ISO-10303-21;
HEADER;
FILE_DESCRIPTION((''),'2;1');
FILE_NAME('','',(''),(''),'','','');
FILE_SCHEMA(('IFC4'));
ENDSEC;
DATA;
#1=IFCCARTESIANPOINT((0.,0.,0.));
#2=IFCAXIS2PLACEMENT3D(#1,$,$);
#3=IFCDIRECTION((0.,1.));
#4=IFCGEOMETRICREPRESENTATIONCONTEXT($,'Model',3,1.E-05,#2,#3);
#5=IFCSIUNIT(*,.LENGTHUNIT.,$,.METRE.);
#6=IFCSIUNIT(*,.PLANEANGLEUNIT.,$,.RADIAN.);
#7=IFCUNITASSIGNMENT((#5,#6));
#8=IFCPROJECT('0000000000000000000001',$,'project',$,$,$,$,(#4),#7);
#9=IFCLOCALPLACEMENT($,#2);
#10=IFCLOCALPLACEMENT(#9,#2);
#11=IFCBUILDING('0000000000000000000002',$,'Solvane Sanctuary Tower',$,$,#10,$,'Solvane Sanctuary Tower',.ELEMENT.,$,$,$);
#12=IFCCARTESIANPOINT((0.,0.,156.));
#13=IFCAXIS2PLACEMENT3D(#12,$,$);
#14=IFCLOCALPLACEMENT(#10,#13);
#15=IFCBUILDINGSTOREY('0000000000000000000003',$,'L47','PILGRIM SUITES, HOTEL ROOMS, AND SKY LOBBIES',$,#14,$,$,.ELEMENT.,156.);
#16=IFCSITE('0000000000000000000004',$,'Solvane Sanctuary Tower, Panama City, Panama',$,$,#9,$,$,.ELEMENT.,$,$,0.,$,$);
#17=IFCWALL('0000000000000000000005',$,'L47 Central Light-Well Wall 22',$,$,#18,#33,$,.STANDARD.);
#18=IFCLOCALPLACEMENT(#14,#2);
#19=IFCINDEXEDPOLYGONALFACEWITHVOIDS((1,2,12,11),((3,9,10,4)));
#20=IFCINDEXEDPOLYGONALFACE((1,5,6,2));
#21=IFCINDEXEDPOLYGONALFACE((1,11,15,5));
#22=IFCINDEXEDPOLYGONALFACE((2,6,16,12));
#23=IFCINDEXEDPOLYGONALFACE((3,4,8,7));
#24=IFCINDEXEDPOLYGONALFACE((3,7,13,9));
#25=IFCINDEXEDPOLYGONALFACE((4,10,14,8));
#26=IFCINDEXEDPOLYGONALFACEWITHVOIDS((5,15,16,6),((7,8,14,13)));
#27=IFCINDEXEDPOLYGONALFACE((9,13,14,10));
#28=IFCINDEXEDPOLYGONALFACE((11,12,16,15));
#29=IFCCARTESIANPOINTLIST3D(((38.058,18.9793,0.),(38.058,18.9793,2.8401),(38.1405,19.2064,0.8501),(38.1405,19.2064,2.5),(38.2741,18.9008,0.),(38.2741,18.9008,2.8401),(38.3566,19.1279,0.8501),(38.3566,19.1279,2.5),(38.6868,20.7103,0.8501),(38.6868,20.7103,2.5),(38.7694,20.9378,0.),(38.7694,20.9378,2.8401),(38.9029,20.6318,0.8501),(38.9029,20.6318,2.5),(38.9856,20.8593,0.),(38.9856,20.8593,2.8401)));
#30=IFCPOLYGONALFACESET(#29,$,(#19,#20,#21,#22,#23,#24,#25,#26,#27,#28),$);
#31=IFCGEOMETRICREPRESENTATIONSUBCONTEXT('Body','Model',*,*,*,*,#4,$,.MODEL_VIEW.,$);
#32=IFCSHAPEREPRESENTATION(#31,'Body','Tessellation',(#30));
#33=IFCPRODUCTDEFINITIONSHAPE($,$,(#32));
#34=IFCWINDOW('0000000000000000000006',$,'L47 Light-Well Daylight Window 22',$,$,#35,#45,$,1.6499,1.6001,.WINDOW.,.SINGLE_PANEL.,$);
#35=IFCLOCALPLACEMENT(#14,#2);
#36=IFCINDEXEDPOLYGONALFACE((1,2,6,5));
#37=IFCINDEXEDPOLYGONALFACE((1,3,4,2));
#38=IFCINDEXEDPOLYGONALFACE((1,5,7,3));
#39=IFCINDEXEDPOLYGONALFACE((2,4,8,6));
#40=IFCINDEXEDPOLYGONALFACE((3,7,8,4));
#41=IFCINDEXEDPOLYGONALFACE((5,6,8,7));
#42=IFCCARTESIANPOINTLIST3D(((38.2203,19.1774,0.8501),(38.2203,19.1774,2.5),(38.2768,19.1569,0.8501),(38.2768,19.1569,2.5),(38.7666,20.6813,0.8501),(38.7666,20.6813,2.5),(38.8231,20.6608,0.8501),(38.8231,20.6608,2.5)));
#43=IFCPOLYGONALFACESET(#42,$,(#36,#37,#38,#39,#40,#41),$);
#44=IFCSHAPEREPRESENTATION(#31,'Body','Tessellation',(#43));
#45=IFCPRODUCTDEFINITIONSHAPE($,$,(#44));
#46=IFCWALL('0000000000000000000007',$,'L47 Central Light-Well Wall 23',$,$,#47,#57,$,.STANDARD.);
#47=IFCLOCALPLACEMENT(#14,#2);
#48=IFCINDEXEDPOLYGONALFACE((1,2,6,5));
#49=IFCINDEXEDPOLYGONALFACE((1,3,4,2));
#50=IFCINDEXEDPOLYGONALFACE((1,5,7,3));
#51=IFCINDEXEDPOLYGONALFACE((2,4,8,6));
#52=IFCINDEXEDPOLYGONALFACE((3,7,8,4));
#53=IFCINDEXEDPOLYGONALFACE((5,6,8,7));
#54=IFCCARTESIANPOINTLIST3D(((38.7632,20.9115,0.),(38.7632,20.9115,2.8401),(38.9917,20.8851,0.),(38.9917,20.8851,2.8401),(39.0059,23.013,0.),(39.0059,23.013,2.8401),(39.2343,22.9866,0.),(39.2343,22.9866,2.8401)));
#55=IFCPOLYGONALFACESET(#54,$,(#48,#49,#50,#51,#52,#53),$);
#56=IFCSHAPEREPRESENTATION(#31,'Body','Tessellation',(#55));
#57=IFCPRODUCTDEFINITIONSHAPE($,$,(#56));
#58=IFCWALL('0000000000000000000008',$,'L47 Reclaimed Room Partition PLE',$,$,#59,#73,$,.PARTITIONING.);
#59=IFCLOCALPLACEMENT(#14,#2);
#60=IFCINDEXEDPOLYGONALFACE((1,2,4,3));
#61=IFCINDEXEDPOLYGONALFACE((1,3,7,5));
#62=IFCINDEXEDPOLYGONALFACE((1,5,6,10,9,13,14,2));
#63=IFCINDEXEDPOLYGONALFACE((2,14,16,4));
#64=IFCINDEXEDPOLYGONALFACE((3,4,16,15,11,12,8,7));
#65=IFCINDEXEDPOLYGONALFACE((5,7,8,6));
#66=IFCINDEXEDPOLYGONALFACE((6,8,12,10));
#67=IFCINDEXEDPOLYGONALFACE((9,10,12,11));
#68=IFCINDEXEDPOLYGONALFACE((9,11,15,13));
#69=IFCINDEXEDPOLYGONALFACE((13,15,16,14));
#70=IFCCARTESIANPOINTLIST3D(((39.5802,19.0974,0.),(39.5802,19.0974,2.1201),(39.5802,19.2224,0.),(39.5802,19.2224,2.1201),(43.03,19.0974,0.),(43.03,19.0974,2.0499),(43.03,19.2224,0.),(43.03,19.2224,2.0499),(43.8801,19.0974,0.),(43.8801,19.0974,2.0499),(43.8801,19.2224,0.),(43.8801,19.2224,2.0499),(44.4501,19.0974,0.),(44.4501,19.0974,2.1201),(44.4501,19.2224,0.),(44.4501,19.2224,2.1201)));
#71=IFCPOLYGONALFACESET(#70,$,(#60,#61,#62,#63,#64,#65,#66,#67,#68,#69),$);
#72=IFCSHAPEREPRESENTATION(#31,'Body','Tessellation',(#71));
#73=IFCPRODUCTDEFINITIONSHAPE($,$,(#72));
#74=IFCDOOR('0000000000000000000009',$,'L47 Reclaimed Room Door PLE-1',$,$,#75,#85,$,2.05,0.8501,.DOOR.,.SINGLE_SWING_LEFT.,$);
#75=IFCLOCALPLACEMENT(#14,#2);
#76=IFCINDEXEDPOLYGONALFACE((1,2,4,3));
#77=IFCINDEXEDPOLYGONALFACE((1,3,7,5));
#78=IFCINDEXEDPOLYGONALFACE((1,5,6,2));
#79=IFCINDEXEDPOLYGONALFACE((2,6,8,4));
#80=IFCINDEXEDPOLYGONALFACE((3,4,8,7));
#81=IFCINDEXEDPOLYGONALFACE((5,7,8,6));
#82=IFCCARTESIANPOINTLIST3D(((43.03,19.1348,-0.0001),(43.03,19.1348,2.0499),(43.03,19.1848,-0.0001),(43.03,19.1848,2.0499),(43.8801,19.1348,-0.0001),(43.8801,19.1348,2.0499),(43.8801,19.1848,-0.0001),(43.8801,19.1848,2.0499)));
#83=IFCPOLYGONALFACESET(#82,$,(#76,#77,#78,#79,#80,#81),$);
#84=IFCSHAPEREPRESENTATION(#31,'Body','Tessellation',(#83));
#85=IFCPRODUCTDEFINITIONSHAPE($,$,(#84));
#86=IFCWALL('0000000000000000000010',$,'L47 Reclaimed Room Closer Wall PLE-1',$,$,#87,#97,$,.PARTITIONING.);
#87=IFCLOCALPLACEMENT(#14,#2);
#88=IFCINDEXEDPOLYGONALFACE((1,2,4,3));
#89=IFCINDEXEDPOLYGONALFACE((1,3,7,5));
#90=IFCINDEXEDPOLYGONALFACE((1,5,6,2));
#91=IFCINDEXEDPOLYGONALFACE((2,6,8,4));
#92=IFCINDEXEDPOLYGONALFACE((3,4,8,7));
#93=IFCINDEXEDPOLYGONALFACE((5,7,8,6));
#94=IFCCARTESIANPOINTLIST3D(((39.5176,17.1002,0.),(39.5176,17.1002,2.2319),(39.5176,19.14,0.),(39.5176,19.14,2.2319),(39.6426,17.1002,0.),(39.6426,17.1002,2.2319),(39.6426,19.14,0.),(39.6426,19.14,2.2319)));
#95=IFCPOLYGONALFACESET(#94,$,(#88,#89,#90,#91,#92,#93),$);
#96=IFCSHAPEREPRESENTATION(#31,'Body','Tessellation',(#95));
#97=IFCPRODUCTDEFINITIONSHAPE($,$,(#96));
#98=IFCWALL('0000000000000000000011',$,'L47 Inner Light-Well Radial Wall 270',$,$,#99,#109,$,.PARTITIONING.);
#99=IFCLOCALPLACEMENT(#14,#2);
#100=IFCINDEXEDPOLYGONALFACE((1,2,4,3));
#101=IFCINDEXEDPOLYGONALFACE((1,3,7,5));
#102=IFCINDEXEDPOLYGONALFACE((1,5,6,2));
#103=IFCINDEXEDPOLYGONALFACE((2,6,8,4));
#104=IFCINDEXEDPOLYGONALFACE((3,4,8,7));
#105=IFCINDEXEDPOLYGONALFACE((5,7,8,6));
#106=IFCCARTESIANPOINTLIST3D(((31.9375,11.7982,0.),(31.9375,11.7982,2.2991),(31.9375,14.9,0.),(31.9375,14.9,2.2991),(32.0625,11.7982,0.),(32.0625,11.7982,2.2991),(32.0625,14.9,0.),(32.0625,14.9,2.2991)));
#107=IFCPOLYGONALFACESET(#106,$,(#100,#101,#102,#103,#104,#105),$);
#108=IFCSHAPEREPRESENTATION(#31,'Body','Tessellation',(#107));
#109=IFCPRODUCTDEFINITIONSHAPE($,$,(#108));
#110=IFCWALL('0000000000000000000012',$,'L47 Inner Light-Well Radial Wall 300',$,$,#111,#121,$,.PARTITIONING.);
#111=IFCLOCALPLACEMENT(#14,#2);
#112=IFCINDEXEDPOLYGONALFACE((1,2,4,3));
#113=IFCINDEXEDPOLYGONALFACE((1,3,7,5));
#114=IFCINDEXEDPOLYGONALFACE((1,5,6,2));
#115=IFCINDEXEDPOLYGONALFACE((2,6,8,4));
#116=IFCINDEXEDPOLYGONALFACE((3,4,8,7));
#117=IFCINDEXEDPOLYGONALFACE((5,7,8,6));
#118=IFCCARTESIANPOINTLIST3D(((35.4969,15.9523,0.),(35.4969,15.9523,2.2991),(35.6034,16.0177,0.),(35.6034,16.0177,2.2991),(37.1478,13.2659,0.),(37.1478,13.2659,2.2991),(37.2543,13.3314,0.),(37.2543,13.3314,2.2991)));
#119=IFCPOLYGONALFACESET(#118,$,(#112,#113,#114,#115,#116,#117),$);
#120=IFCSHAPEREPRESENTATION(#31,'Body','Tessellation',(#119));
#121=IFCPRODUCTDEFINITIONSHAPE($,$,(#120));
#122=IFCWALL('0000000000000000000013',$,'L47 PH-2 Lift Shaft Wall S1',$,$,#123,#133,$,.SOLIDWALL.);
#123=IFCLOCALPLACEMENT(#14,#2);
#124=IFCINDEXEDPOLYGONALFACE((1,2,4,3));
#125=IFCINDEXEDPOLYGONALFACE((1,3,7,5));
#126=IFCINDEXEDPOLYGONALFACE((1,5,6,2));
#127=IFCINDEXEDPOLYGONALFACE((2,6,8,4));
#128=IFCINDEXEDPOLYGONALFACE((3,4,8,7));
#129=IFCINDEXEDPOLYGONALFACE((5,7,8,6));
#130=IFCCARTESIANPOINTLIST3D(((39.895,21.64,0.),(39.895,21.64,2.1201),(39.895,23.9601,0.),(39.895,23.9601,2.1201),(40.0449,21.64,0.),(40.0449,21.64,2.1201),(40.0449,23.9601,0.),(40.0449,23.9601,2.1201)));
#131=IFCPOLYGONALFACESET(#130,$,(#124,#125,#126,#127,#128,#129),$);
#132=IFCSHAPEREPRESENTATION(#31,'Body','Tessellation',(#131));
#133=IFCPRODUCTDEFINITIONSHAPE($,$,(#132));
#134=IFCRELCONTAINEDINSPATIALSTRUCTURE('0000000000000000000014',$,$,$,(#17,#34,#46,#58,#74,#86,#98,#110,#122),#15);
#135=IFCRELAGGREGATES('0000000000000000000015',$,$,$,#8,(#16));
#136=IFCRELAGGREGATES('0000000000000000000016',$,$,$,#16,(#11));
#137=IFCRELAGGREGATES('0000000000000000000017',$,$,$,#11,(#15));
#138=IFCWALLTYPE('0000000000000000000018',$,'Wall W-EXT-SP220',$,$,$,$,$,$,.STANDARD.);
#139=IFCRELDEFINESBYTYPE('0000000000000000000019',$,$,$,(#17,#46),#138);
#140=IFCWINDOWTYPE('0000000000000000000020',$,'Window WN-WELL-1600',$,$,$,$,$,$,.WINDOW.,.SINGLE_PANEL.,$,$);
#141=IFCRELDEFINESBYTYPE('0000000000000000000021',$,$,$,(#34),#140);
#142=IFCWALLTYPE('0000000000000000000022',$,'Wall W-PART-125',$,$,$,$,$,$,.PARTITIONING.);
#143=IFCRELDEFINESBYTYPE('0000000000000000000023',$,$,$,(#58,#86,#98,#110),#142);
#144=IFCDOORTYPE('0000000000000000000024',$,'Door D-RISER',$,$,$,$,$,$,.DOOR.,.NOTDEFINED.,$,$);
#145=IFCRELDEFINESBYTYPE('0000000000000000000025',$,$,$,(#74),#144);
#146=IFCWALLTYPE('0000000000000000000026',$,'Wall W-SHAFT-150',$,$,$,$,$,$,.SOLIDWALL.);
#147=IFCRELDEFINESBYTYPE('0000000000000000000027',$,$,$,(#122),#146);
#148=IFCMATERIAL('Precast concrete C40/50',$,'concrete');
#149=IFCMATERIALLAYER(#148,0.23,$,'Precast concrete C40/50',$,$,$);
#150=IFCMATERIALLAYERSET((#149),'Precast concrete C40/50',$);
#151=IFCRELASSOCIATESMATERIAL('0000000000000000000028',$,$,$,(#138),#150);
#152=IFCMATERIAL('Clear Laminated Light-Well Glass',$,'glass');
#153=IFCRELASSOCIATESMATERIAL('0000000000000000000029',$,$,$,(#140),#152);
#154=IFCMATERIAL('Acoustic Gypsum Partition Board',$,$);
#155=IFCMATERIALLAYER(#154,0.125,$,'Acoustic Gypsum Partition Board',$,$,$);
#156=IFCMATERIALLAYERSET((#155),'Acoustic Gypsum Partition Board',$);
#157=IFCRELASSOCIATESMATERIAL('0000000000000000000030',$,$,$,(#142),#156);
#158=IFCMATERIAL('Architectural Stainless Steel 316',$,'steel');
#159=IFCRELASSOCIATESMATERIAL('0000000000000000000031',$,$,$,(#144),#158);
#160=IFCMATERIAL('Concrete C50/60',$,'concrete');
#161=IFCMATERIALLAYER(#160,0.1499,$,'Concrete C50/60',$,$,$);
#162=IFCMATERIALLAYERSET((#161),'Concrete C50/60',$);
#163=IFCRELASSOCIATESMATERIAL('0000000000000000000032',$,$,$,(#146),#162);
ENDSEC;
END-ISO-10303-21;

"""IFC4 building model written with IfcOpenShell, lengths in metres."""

from ifc_helpers import new_model, si_unit, direction, frame, frame_2d, origin, place, context, subcontext, project, spatial, rectangle, extrude, material, layer, layer_set, type_object, element, fill, save


model = new_model("IFC4")

# Units and contexts
model_context = context("Model", 3, precision=1e-05, world=origin(), true_north=direction((0.0, 1.0)))
body_context = subcontext(model_context, "Body", "Model", "MODEL_VIEW")
ifc_project = project(units=[si_unit("LENGTHUNIT", "METRE"), si_unit("PLANEANGLEUNIT", "RADIAN")], contexts=[model_context])

# Site, building, storey
site_placement = place(None, origin())
site = spatial("IfcSite", under=ifc_project, at=site_placement, Name="Solvane Sanctuary Tower, Panama City, Panama", CompositionType="ELEMENT", RefElevation=0.0)
building_placement = place(site_placement, origin())
building = spatial("IfcBuilding", under=site, at=building_placement, Name="Solvane Sanctuary Tower", LongName="Solvane Sanctuary Tower", CompositionType="ELEMENT")
storey_placement = place(building_placement, frame((0.0, 0.0, 156.0)))
storey = spatial("IfcBuildingStorey", under=building, at=storey_placement, Name="L47", Description="PILGRIM SUITES, HOTEL ROOMS, AND SKY LOBBIES", CompositionType="ELEMENT", Elevation=156.0)

# Shared definitions
ifc_material_1 = material(Name="Concrete C50/60", Category="concrete")

# Shared definitions
ifc_material_2 = material(Name="Precast concrete C40/50", Category="concrete")
ifc_layer_1 = layer(ifc_material_2, 0.23, Name="Precast concrete C40/50")
ifc_layer_set_1 = layer_set([ifc_layer_1], Name="Precast concrete C40/50")
wall_type_1 = type_object("IfcWallType", Name="Wall W-EXT-SP220", PredefinedType="STANDARD", material=ifc_layer_set_1)

# Wall, opening, window
wall_1_placement = place(storey_placement, frame((38.166, 18.9399, 0.0), z_axis=(0.0, 0.0, 1.0), x_axis=(0.341423, 0.93991, 0.0)))
wall_1 = element("IfcWall", 1, at=wall_1_placement, inside=storey, type_object=wall_type_1, Name="L47 Central Light-Well Wall 22", PredefinedType="STANDARD", context=body_context, shape_type="SweptSolid", body=[
    extrude(rectangle(XDim=2.0837, YDim=0.23, at=frame_2d((1.042, 0.0))), origin(), (0.0, 0.0, 1.0), 2.8401),
])
opening_1_placement = place(wall_1_placement, frame((0.2417, 0.0, 0.8501)))
opening_1 = element("IfcOpeningElement", 2, at=opening_1_placement, cuts=wall_1, PredefinedType="OPENING", context=body_context, shape_type="SweptSolid", body=[
    extrude(rectangle(XDim=1.6001, YDim=1.6499, at=frame_2d((0.8, 0.825))), frame((0.0, 0.125, 0.0), z_axis=(0.0, -1.0, 0.0), x_axis=(1.0, 0.0, 0.0)), (0.0, 0.0, 1.0), 0.25),
])
ifc_material_3 = material(Name="Clear Laminated Light-Well Glass", Category="glass")
window_type = type_object("IfcWindowType", Name="Window WN-WELL-1600", PartitioningType="SINGLE_PANEL", PredefinedType="WINDOW", material=ifc_material_3)
window_placement = place(opening_1_placement, origin())
window = element("IfcWindow", 3, at=window_placement, inside=storey, type_object=window_type, Name="L47 Light-Well Daylight Window 22", OverallHeight=1.6499, OverallWidth=1.6001, PartitioningType="SINGLE_PANEL", PredefinedType="WINDOW", context=body_context, shape_type="SweptSolid", body=[
    extrude(rectangle(XDim=1.6001, YDim=1.6499, at=frame_2d((0.8, 0.825))), frame((0.0, 0.03, 0.0), z_axis=(0.0, -1.0, 0.0), x_axis=(1.0, 0.0, 0.0)), (0.0, 0.0, 1.0), 0.0601),
])
fill(opening_1, window)

# Wall
wall_2_placement = place(storey_placement, frame((38.8774, 20.8984, 0.0), z_axis=(0.0, 0.0, 1.0), x_axis=(0.114712, 0.993399, 0.0)))
element("IfcWall", 4, at=wall_2_placement, inside=storey, type_object=wall_type_1, Name="L47 Central Light-Well Wall 23", PredefinedType="STANDARD", context=body_context, shape_type="SweptSolid", body=[
    extrude(rectangle(XDim=2.1155, YDim=0.23, at=frame_2d((1.0576, 0.0))), origin(), (0.0, 0.0, 1.0), 2.8401),
])

# Wall, opening, door
ifc_material_4 = material(Name="Acoustic Gypsum Partition Board")
ifc_layer_2 = layer(ifc_material_4, 0.125, Name="Acoustic Gypsum Partition Board")
ifc_layer_set_2 = layer_set([ifc_layer_2], Name="Acoustic Gypsum Partition Board")
wall_type_2 = type_object("IfcWallType", Name="Wall W-PART-125", PredefinedType="PARTITIONING", material=ifc_layer_set_2)
wall_3_placement = place(storey_placement, frame((39.5801, 19.1599, 0.0), z_axis=(0.0, 0.0, 1.0), x_axis=(1.0, 0.0, 0.0)))
wall_3 = element("IfcWall", 5, at=wall_3_placement, inside=storey, type_object=wall_type_2, Name="L47 Reclaimed Room Partition PLE", PredefinedType="PARTITIONING", context=body_context, shape_type="SweptSolid", body=[
    extrude(rectangle(XDim=4.8699, YDim=0.125, at=frame_2d((2.4351, 0.0))), origin(), (0.0, 0.0, 1.0), 2.1201),
])
opening_2_placement = place(wall_3_placement, frame((3.45, 0.0, 0.0)))
opening_2 = element("IfcOpeningElement", 6, at=opening_2_placement, cuts=wall_3, PredefinedType="OPENING", context=body_context, shape_type="SweptSolid", body=[
    extrude(rectangle(XDim=0.8501, YDim=2.05, at=frame_2d((0.425, 1.0249))), frame((0.0, 0.0725, 0.0), z_axis=(0.0, -1.0, 0.0), x_axis=(1.0, 0.0, 0.0)), (0.0, 0.0, 1.0), 0.145),
])
ifc_material_5 = material(Name="Architectural Stainless Steel 316", Category="steel")
door_type = type_object("IfcDoorType", Name="Door D-RISER", OperationType="NOTDEFINED", PredefinedType="DOOR", material=ifc_material_5)
door_placement = place(opening_2_placement, origin())
door = element("IfcDoor", 7, at=door_placement, inside=storey, type_object=door_type, Name="L47 Reclaimed Room Door PLE-1", OperationType="SINGLE_SWING_LEFT", OverallHeight=2.05, OverallWidth=0.8501, PredefinedType="DOOR", context=body_context, shape_type="SweptSolid", body=[
    extrude(rectangle(XDim=0.8501, YDim=2.05, at=frame_2d((0.425, 1.0249))), frame((0.0, 0.0249, 0.0), z_axis=(0.0, -1.0, 0.0), x_axis=(1.0, 0.0, 0.0)), (0.0, 0.0, 1.0), 0.05),
])
fill(opening_2, door)

# Walls
wall_4_placement = place(storey_placement, frame((39.5801, 17.1001, 0.0), z_axis=(0.0, 0.0, 1.0), x_axis=(0.0, 1.0, 0.0)))
element("IfcWall", 8, at=wall_4_placement, inside=storey, type_object=wall_type_2, Name="L47 Reclaimed Room Closer Wall PLE-1", PredefinedType="PARTITIONING", context=body_context, shape_type="SweptSolid", body=[
    extrude(rectangle(XDim=2.0398, YDim=0.125, at=frame_2d((1.02, 0.0))), origin(), (0.0, 0.0, 1.0), 2.2319),
])
wall_5_placement = place(storey_placement, frame((32.0, 14.8999, 0.0), z_axis=(0.0, 0.0, 1.0), x_axis=(0.0, -1.0, 0.0)))
element("IfcWall", 9, at=wall_5_placement, inside=storey, type_object=wall_type_2, Name="L47 Inner Light-Well Radial Wall 270", PredefinedType="PARTITIONING", context=body_context, shape_type="SweptSolid", body=[
    extrude(rectangle(XDim=3.1018, YDim=0.125, at=frame_2d((1.5508, 0.0))), origin(), (0.0, 0.0, 1.0), 2.2991),
])
wall_6_placement = place(storey_placement, frame((35.55, 15.9851, 0.0), z_axis=(0.0, 0.0, 1.0), x_axis=(0.523588, -0.851972, 0.0)))
element("IfcWall", 10, at=wall_6_placement, inside=storey, type_object=wall_type_2, Name="L47 Inner Light-Well Radial Wall 300", PredefinedType="PARTITIONING", context=body_context, shape_type="SweptSolid", body=[
    extrude(rectangle(XDim=3.1531, YDim=0.125, at=frame_2d((1.5767, 0.0))), origin(), (0.0, 0.0, 1.0), 2.2991),
])
ifc_layer_3 = layer(ifc_material_1, 0.1499, Name="Concrete C50/60")
ifc_layer_set_3 = layer_set([ifc_layer_3], Name="Concrete C50/60")
wall_type_3 = type_object("IfcWallType", Name="Wall W-SHAFT-150", PredefinedType="SOLIDWALL", material=ifc_layer_set_3)
wall_7_placement = place(storey_placement, frame((39.97, 21.6399, 0.0), z_axis=(0.0, 0.0, 1.0), x_axis=(0.0, 1.0, 0.0)))
element("IfcWall", 11, at=wall_7_placement, inside=storey, type_object=wall_type_3, Name="L47 PH-2 Lift Shaft Wall S1", PredefinedType="SOLIDWALL", context=body_context, shape_type="SweptSolid", body=[
    extrude(rectangle(XDim=2.3201, YDim=0.1499, at=frame_2d((1.1602, 0.0))), origin(), (0.0, 0.0, 1.0), 2.1201),
])

save(model, "model.ifc")
